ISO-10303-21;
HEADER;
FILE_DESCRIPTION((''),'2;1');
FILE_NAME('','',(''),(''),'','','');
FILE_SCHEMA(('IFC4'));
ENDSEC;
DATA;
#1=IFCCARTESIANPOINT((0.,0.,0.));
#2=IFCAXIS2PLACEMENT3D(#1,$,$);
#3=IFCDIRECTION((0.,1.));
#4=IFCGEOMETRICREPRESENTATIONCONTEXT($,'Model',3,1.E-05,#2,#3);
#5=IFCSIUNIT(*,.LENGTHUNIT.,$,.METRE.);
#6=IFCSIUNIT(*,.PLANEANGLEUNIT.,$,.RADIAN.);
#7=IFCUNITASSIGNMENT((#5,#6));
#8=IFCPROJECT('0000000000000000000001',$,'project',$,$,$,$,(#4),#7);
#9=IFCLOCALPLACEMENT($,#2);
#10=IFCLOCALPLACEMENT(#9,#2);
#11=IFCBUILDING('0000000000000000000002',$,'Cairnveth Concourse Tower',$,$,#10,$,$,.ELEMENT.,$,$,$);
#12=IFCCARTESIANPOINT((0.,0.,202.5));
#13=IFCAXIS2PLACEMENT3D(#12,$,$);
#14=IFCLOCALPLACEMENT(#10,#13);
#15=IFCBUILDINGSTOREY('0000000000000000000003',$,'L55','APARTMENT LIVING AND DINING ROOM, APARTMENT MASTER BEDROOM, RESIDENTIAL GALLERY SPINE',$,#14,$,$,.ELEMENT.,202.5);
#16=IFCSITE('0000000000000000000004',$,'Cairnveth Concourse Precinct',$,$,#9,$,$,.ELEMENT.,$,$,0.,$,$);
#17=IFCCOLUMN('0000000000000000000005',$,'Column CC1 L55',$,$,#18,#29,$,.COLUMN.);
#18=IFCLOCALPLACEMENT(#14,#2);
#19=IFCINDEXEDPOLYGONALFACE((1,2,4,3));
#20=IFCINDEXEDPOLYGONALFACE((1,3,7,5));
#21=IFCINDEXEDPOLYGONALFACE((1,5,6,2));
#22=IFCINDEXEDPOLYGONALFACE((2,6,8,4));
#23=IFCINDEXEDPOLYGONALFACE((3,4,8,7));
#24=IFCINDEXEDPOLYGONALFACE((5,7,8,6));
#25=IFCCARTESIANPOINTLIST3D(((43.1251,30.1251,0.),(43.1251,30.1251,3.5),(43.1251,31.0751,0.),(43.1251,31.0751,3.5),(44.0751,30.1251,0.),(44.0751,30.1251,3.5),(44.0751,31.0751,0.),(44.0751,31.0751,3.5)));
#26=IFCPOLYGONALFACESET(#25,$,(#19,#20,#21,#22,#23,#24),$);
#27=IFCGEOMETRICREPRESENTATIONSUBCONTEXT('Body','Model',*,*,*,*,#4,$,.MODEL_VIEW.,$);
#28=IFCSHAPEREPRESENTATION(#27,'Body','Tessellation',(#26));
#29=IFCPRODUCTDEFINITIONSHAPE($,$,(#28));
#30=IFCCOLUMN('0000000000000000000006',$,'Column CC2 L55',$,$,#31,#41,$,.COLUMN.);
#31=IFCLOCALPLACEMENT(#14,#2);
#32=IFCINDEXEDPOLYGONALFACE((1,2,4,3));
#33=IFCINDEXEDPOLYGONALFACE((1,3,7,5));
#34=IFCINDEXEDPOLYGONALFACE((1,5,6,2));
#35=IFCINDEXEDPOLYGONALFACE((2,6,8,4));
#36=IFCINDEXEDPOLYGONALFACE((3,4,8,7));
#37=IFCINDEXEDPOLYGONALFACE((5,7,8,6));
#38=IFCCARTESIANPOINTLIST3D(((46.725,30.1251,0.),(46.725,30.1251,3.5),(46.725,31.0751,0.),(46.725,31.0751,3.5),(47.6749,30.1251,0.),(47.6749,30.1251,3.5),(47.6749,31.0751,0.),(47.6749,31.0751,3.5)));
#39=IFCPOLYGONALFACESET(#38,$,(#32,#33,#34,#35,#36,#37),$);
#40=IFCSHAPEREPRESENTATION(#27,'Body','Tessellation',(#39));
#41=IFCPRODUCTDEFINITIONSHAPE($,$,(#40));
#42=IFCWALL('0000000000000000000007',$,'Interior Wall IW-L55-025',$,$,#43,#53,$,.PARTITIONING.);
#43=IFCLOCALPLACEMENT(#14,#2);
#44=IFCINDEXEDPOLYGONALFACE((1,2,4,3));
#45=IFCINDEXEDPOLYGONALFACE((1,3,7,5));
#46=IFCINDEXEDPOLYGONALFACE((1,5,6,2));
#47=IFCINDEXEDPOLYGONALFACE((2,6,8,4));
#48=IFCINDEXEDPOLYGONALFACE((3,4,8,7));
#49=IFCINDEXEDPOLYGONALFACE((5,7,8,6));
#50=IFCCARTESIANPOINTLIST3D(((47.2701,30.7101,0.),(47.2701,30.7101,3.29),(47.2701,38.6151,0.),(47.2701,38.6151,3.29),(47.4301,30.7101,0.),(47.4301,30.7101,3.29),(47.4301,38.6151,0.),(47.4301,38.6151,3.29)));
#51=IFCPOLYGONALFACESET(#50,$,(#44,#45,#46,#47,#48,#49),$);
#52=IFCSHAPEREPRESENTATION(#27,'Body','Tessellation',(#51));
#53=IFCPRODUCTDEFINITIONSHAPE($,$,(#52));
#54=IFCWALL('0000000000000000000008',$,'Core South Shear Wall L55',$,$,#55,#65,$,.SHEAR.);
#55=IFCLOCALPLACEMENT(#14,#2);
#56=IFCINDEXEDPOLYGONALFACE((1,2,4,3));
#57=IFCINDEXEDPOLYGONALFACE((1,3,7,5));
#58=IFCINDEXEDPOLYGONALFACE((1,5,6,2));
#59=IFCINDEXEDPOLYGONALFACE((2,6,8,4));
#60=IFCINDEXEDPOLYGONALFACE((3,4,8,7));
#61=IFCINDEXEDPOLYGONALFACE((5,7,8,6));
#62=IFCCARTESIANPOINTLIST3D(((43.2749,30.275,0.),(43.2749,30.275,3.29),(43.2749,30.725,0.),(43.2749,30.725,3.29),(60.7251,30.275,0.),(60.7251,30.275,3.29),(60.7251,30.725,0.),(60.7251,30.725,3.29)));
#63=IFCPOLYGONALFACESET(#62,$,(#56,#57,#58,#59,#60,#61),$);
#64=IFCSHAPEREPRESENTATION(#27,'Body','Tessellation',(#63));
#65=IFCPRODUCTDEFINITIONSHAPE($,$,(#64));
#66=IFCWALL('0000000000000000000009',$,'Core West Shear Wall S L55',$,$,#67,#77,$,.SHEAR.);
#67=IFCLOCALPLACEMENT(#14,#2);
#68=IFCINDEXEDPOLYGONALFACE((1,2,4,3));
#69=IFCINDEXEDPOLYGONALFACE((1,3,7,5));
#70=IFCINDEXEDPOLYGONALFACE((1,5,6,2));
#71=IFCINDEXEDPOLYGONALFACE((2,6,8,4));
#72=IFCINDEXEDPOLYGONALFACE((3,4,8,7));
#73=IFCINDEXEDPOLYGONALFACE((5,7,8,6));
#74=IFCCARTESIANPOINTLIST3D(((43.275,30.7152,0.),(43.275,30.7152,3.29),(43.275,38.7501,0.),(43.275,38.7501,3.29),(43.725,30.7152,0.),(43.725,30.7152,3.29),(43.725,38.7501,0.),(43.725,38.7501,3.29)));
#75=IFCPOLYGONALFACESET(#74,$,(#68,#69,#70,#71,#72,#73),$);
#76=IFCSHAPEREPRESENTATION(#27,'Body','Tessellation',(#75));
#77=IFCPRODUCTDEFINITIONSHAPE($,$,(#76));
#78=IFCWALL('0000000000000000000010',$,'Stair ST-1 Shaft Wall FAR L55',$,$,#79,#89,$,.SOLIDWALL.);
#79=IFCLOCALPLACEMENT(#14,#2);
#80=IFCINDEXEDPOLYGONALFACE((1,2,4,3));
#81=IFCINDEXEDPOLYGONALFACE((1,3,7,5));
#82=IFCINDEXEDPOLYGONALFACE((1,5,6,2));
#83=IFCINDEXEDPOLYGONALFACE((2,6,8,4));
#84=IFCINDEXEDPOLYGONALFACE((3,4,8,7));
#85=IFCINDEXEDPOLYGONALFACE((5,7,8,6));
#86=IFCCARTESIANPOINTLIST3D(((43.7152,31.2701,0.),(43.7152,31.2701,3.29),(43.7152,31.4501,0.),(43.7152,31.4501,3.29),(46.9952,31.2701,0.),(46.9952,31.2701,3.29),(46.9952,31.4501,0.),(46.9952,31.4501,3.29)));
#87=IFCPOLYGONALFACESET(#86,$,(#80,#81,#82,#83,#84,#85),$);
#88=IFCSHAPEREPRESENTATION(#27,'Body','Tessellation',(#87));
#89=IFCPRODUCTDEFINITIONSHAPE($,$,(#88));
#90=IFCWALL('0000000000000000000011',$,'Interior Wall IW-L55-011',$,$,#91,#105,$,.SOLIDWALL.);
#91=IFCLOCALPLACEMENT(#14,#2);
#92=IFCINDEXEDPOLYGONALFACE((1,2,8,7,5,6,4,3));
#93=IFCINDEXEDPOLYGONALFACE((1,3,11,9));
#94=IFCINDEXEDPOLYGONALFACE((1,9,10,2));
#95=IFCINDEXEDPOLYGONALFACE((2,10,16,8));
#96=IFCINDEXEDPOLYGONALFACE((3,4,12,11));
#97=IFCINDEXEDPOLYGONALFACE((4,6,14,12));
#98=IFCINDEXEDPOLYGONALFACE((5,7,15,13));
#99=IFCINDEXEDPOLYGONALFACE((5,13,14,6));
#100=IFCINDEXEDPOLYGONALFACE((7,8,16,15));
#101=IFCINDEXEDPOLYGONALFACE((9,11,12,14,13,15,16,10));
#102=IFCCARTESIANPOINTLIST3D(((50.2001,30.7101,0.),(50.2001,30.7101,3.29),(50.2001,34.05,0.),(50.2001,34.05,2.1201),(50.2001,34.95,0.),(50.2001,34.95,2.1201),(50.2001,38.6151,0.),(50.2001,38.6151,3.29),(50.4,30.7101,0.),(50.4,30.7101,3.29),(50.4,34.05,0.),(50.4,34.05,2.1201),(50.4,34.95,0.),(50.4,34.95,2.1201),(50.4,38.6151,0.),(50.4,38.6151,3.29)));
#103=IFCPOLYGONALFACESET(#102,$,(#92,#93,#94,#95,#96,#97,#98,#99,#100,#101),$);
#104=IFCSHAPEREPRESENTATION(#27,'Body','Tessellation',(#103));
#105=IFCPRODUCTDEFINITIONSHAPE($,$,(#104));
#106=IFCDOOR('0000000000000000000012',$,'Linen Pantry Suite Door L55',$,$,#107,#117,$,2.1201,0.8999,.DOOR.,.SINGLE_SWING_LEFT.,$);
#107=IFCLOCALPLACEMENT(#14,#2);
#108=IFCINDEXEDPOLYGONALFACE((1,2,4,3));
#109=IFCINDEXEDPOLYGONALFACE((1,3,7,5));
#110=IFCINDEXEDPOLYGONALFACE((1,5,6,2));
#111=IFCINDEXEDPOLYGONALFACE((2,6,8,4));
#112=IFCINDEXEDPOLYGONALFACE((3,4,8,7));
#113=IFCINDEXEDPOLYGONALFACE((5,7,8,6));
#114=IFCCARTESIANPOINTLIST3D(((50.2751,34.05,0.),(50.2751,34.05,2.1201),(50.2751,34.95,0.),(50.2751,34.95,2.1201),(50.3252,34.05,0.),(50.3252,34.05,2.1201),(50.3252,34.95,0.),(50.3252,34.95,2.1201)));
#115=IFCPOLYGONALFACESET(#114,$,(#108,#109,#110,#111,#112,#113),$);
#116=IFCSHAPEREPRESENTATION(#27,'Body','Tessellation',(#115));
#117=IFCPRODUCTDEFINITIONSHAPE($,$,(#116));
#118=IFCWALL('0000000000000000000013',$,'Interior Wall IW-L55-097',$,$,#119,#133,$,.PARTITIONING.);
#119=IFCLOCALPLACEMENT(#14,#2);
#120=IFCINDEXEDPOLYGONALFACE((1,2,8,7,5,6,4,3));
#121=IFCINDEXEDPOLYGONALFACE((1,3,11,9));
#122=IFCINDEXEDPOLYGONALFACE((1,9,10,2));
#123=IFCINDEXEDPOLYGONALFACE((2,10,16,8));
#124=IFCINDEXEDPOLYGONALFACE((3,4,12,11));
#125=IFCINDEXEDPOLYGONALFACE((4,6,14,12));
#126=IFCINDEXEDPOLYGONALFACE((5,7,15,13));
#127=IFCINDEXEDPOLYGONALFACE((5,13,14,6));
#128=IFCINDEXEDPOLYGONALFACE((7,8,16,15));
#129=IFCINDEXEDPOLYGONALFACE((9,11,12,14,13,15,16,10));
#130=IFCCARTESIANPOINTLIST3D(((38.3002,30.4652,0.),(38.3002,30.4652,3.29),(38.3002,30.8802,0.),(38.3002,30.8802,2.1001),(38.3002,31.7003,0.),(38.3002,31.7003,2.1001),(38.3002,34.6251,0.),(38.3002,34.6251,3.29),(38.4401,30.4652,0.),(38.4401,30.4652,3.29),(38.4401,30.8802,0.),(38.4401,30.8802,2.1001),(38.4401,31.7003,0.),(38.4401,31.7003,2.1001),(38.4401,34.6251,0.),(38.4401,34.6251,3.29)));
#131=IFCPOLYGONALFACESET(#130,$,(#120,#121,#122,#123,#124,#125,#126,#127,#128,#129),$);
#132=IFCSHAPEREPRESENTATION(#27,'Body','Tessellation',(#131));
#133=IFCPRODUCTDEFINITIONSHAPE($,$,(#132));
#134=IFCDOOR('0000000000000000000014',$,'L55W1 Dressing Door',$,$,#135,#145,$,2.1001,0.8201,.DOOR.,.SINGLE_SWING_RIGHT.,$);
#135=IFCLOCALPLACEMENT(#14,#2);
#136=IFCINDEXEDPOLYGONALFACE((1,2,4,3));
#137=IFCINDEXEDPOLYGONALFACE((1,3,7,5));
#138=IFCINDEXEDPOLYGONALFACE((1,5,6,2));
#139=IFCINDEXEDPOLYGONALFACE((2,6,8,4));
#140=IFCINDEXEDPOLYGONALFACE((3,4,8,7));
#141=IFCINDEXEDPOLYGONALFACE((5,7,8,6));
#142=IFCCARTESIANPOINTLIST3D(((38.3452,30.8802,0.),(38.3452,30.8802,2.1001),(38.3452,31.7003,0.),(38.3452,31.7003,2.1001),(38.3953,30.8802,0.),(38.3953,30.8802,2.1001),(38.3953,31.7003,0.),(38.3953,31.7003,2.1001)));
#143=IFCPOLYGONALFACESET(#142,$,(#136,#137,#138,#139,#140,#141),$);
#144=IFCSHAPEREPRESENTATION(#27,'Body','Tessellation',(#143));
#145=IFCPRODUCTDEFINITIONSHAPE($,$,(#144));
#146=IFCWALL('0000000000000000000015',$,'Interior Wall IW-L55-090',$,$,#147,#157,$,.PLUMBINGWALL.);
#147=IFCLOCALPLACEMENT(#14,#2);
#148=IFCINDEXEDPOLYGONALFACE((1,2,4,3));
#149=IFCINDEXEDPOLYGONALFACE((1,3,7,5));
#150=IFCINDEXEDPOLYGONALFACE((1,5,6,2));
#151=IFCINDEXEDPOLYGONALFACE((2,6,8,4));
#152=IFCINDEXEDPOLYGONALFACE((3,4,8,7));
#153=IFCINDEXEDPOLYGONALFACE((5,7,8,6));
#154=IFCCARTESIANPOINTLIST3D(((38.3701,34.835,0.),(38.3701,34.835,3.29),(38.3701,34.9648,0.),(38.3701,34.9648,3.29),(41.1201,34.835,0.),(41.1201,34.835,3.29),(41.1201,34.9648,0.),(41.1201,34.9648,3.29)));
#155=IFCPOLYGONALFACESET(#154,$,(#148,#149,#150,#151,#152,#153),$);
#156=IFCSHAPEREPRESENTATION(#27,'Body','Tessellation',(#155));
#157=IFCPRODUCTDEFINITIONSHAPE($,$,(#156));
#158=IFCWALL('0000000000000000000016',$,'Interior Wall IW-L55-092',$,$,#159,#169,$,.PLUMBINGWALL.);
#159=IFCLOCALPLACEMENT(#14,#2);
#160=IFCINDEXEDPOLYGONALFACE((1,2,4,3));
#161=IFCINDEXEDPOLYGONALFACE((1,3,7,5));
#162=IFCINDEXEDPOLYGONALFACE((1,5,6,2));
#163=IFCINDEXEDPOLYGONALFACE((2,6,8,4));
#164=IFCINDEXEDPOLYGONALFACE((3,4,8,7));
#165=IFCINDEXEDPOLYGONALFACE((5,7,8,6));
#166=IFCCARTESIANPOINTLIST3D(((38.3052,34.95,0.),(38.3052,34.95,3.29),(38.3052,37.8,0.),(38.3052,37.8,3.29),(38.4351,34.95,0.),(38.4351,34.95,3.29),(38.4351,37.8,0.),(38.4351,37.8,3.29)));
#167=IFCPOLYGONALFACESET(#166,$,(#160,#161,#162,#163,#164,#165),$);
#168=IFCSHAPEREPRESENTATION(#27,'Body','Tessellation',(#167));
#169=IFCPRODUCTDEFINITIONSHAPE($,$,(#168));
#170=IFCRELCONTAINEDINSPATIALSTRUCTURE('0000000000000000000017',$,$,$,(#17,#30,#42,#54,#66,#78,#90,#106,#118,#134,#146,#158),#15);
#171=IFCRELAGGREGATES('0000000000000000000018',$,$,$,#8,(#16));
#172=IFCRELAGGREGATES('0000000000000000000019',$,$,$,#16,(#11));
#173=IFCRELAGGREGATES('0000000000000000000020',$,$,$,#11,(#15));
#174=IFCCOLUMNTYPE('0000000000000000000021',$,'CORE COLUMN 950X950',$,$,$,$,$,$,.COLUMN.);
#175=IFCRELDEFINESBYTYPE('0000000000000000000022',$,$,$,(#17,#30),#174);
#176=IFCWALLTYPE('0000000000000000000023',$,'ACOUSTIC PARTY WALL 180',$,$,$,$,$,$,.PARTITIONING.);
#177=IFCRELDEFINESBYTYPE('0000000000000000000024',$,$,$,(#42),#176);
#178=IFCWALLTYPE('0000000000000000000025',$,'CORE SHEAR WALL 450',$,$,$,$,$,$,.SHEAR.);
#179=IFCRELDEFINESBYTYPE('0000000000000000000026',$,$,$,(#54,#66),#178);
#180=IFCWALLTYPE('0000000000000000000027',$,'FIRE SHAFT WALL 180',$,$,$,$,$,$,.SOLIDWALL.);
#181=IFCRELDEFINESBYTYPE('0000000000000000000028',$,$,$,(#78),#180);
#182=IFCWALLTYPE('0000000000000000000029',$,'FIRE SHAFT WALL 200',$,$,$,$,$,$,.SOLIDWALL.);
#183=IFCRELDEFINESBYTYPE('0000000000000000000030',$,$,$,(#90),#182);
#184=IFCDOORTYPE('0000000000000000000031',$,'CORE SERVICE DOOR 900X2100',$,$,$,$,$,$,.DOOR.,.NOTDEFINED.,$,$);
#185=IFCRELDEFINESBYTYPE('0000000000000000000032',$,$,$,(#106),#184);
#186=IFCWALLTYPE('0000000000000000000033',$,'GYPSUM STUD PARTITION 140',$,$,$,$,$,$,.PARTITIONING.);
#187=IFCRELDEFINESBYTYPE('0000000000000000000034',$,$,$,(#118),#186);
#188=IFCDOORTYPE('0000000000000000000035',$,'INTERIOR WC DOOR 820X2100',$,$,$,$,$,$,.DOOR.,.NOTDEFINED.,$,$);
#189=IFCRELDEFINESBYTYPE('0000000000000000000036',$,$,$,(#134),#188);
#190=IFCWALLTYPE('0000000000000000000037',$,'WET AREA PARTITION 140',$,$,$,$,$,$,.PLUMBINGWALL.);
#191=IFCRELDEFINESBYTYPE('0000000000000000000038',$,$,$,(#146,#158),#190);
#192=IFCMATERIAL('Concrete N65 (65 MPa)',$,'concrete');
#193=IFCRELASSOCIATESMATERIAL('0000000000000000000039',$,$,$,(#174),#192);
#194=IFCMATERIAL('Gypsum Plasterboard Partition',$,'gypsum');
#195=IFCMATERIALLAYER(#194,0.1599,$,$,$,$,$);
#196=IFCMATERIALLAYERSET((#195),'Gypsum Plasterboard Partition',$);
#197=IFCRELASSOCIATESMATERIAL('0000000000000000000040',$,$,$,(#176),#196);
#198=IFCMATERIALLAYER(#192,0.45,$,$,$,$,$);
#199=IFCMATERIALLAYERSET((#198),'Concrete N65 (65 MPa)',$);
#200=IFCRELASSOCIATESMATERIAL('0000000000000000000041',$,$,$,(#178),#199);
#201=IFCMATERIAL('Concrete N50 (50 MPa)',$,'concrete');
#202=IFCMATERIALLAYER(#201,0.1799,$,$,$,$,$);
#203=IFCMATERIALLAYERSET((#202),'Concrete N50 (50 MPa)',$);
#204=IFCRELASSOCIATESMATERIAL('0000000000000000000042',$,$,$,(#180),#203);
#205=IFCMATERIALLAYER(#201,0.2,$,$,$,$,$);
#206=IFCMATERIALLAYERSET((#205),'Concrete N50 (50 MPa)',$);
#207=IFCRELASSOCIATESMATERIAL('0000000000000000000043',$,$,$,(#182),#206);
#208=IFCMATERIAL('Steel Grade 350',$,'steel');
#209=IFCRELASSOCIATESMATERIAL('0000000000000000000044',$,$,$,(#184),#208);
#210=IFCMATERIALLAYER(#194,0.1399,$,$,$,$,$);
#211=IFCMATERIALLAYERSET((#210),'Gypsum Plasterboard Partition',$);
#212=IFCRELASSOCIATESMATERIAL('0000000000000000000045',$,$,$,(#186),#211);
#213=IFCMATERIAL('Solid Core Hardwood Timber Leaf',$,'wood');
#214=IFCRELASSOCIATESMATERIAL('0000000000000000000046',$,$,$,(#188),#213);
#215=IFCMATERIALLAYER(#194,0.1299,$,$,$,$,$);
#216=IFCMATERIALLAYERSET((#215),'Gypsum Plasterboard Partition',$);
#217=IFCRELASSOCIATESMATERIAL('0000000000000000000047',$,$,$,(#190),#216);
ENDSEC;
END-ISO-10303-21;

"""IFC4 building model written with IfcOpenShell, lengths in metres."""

from ifc_helpers import new_model, si_unit, direction, frame, frame_2d, origin, origin_2d, place, context, subcontext, project, spatial, rectangle, extrude, material, layer, layer_set, material_profile, profile_set, type_object, element, fill, save


model = new_model("IFC4")

# Units and contexts
model_context = context("Model", 3, precision=1e-05, world=origin(), true_north=direction((0.0, 1.0)))
body_context = subcontext(model_context, "Body", "Model", "MODEL_VIEW")
ifc_project = project(units=[si_unit("LENGTHUNIT", "METRE"), si_unit("PLANEANGLEUNIT", "RADIAN")], contexts=[model_context])

# Site, building, storey
site_placement = place(None, origin())
site = spatial("IfcSite", under=ifc_project, at=site_placement, Name="Cairnveth Concourse Precinct", CompositionType="ELEMENT", RefElevation=0.0)
building_placement = place(site_placement, origin())
building = spatial("IfcBuilding", under=site, at=building_placement, Name="Cairnveth Concourse Tower", CompositionType="ELEMENT")
storey_placement = place(building_placement, frame((0.0, 0.0, 202.5)))
storey = spatial("IfcBuildingStorey", under=building, at=storey_placement, Name="L55", Description="APARTMENT LIVING AND DINING ROOM, APARTMENT MASTER BEDROOM, RESIDENTIAL GALLERY SPINE", CompositionType="ELEMENT", Elevation=202.5)

# Columns
ifc_material_1 = material(Name="Concrete N65 (65 MPa)", Category="concrete")
ifc_material_profile = material_profile(ifc_material_1, rectangle(XDim=0.95, YDim=0.95, at=origin_2d()), Name="RC-COL-950x950")
ifc_profile_set = profile_set([ifc_material_profile], Name="Concrete N65 (65 MPa)")
column_type = type_object("IfcColumnType", Name="CORE COLUMN 950X950", PredefinedType="COLUMN", material=ifc_profile_set)
for number, where, z_axis, x_axis, name in (
    (1, (43.6001, 30.6001, 0.0), (0.0, 0.0, 1.0), (1.0, 0.0, 0.0), "Column CC1 L55"),
    (2, (47.2, 30.6001, 0.0), (0.0, 0.0, 1.0), (1.0, 0.0, 0.0), "Column CC2 L55"),
):
    element("IfcColumn", number, at=place(storey_placement, frame(where, z_axis=z_axis, x_axis=x_axis)), inside=storey, type_object=column_type, Name=name, PredefinedType="COLUMN", context=body_context, shape_type="SweptSolid", body=[
        extrude(rectangle(XDim=0.95, YDim=0.95, at=origin_2d()), origin(), (0.0, 0.0, 1.0), 3.5),
    ])

# Walls
ifc_material_2 = material(Name="Gypsum Plasterboard Partition", Category="gypsum")
ifc_layer_1 = layer(ifc_material_2, 0.1599)
ifc_layer_set_1 = layer_set([ifc_layer_1], Name="Gypsum Plasterboard Partition")
wall_type_1 = type_object("IfcWallType", Name="ACOUSTIC PARTY WALL 180", PredefinedType="PARTITIONING", material=ifc_layer_set_1)
wall_1_placement = place(storey_placement, frame((47.3501, 30.71, 0.0), z_axis=(0.0, 0.0, 1.0), x_axis=(0.0, 1.0, 0.0)))
element("IfcWall", 3, at=wall_1_placement, inside=storey, type_object=wall_type_1, Name="Interior Wall IW-L55-025", PredefinedType="PARTITIONING", context=body_context, shape_type="SweptSolid", body=[
    extrude(rectangle(XDim=7.905, YDim=0.1599, at=frame_2d((3.9526, 0.0))), origin(), (0.0, 0.0, 1.0), 3.29),
])
ifc_layer_2 = layer(ifc_material_1, 0.45)
ifc_layer_set_2 = layer_set([ifc_layer_2], Name="Concrete N65 (65 MPa)")
wall_type_2 = type_object("IfcWallType", Name="CORE SHEAR WALL 450", PredefinedType="SHEAR", material=ifc_layer_set_2)
wall_2_placement = place(storey_placement, frame((43.2749, 30.5, 0.0), z_axis=(0.0, 0.0, 1.0), x_axis=(1.0, 0.0, 0.0)))
element("IfcWall", 4, at=wall_2_placement, inside=storey, type_object=wall_type_2, Name="Core South Shear Wall L55", PredefinedType="SHEAR", context=body_context, shape_type="SweptSolid", body=[
    extrude(rectangle(XDim=17.4502, YDim=0.45, at=frame_2d((8.7251, 0.0))), origin(), (0.0, 0.0, 1.0), 3.29),
])
wall_3_placement = place(storey_placement, frame((43.5, 30.7151, 0.0), z_axis=(0.0, 0.0, 1.0), x_axis=(0.0, 1.0, 0.0)))
element("IfcWall", 5, at=wall_3_placement, inside=storey, type_object=wall_type_2, Name="Core West Shear Wall S L55", PredefinedType="SHEAR", context=body_context, shape_type="SweptSolid", body=[
    extrude(rectangle(XDim=8.0349, YDim=0.45, at=frame_2d((4.0176, 0.0))), origin(), (0.0, 0.0, 1.0), 3.29),
])
ifc_material_3 = material(Name="Concrete N50 (50 MPa)", Category="concrete")
ifc_layer_3 = layer(ifc_material_3, 0.1799)
ifc_layer_set_3 = layer_set([ifc_layer_3], Name="Concrete N50 (50 MPa)")
wall_type_3 = type_object("IfcWallType", Name="FIRE SHAFT WALL 180", PredefinedType="SOLIDWALL", material=ifc_layer_set_3)
wall_4_placement = place(storey_placement, frame((43.7151, 31.3601, 0.0), z_axis=(0.0, 0.0, 1.0), x_axis=(1.0, 0.0, 0.0)))
element("IfcWall", 6, at=wall_4_placement, inside=storey, type_object=wall_type_3, Name="Stair ST-1 Shaft Wall FAR L55", PredefinedType="SOLIDWALL", context=body_context, shape_type="SweptSolid", body=[
    extrude(rectangle(XDim=3.28, YDim=0.1799, at=frame_2d((1.6401, 0.0))), origin(), (0.0, 0.0, 1.0), 3.29),
])

# Walls, openings, doors
ifc_layer_4 = layer(ifc_material_3, 0.2)
ifc_layer_set_4 = layer_set([ifc_layer_4], Name="Concrete N50 (50 MPa)")
wall_type_4 = type_object("IfcWallType", Name="FIRE SHAFT WALL 200", PredefinedType="SOLIDWALL", material=ifc_layer_set_4)
wall_5_placement = place(storey_placement, frame((50.3, 30.71, 0.0), z_axis=(0.0, 0.0, 1.0), x_axis=(0.0, 1.0, 0.0)))
wall_5 = element("IfcWall", 7, at=wall_5_placement, inside=storey, type_object=wall_type_4, Name="Interior Wall IW-L55-011", PredefinedType="SOLIDWALL", context=body_context, shape_type="SweptSolid", body=[
    extrude(rectangle(XDim=7.905, YDim=0.2, at=frame_2d((3.9526, 0.0))), origin(), (0.0, 0.0, 1.0), 3.29),
])
opening_1_placement = place(wall_5_placement, frame((3.3401, 0.0, 0.0)))
opening_1 = element("IfcOpeningElement", 8, at=opening_1_placement, cuts=wall_5, PredefinedType="OPENING", context=body_context, shape_type="SweptSolid", body=[
    extrude(rectangle(XDim=0.8999, YDim=2.1201, at=frame_2d((0.45, 1.0601))), frame((0.0, 0.1099, 0.0), z_axis=(0.0, -1.0, 0.0), x_axis=(1.0, 0.0, 0.0)), (0.0, 0.0, 1.0), 0.22),
])
ifc_material_4 = material(Name="Steel Grade 350", Category="steel")
door_type_1 = type_object("IfcDoorType", Name="CORE SERVICE DOOR 900X2100", OperationType="NOTDEFINED", PredefinedType="DOOR", material=ifc_material_4)
door_1_placement = place(opening_1_placement, origin())
door_1 = element("IfcDoor", 9, at=door_1_placement, inside=storey, type_object=door_type_1, Name="Linen Pantry Suite Door L55", OperationType="SINGLE_SWING_LEFT", OverallHeight=2.1201, OverallWidth=0.8999, PredefinedType="DOOR", context=body_context, shape_type="SweptSolid", body=[
    extrude(rectangle(XDim=0.8999, YDim=2.1201, at=frame_2d((0.45, 1.0601))), frame((0.0, 0.0249, 0.0), z_axis=(0.0, -1.0, 0.0), x_axis=(1.0, 0.0, 0.0)), (0.0, 0.0, 1.0), 0.05),
])
fill(opening_1, door_1)
ifc_layer_5 = layer(ifc_material_2, 0.1399)
ifc_layer_set_5 = layer_set([ifc_layer_5], Name="Gypsum Plasterboard Partition")
wall_type_5 = type_object("IfcWallType", Name="GYPSUM STUD PARTITION 140", PredefinedType="PARTITIONING", material=ifc_layer_set_5)
wall_6_placement = place(storey_placement, frame((38.3701, 30.4651, 0.0), z_axis=(0.0, 0.0, 1.0), x_axis=(0.0, 1.0, 0.0)))
wall_6 = element("IfcWall", 10, at=wall_6_placement, inside=storey, type_object=wall_type_5, Name="Interior Wall IW-L55-097", PredefinedType="PARTITIONING", context=body_context, shape_type="SweptSolid", body=[
    extrude(rectangle(XDim=4.1599, YDim=0.1399, at=frame_2d((2.0801, 0.0))), origin(), (0.0, 0.0, 1.0), 3.29),
])
opening_2_placement = place(wall_6_placement, frame((0.415, 0.0, 0.0)))
opening_2 = element("IfcOpeningElement", 11, at=opening_2_placement, cuts=wall_6, PredefinedType="OPENING", context=body_context, shape_type="SweptSolid", body=[
    extrude(rectangle(XDim=0.8201, YDim=2.1001, at=frame_2d((0.4102, 1.05))), frame((0.0, 0.0798, 0.0), z_axis=(0.0, -1.0, 0.0), x_axis=(1.0, 0.0, 0.0)), (0.0, 0.0, 1.0), 0.1599),
])
ifc_material_5 = material(Name="Solid Core Hardwood Timber Leaf", Category="wood")
door_type_2 = type_object("IfcDoorType", Name="INTERIOR WC DOOR 820X2100", OperationType="NOTDEFINED", PredefinedType="DOOR", material=ifc_material_5)
door_2_placement = place(opening_2_placement, origin())
door_2 = element("IfcDoor", 12, at=door_2_placement, inside=storey, type_object=door_type_2, Name="L55W1 Dressing Door", OperationType="SINGLE_SWING_RIGHT", OverallHeight=2.1001, OverallWidth=0.8201, PredefinedType="DOOR", context=body_context, shape_type="SweptSolid", body=[
    extrude(rectangle(XDim=0.8201, YDim=2.1001, at=frame_2d((0.4102, 1.05))), frame((0.0, 0.0249, 0.0), z_axis=(0.0, -1.0, 0.0), x_axis=(1.0, 0.0, 0.0)), (0.0, 0.0, 1.0), 0.05),
])
fill(opening_2, door_2)

# Walls
ifc_layer_6 = layer(ifc_material_2, 0.1299)
ifc_layer_set_6 = layer_set([ifc_layer_6], Name="Gypsum Plasterboard Partition")
wall_type_6 = type_object("IfcWallType", Name="WET AREA PARTITION 140", PredefinedType="PLUMBINGWALL", material=ifc_layer_set_6)
wall_7_placement = place(storey_placement, frame((38.3701, 34.8999, 0.0), z_axis=(0.0, 0.0, 1.0), x_axis=(1.0, 0.0, 0.0)))
element("IfcWall", 13, at=wall_7_placement, inside=storey, type_object=wall_type_6, Name="Interior Wall IW-L55-090", PredefinedType="PLUMBINGWALL", context=body_context, shape_type="SweptSolid", body=[
    extrude(rectangle(XDim=2.75, YDim=0.1299, at=frame_2d((1.375, 0.0))), origin(), (0.0, 0.0, 1.0), 3.29),
])
wall_8_placement = place(storey_placement, frame((38.3701, 34.95, 0.0), z_axis=(0.0, 0.0, 1.0), x_axis=(0.0, 1.0, 0.0)))
element("IfcWall", 14, at=wall_8_placement, inside=storey, type_object=wall_type_6, Name="Interior Wall IW-L55-092", PredefinedType="PLUMBINGWALL", context=body_context, shape_type="SweptSolid", body=[
    extrude(rectangle(XDim=2.8501, YDim=0.1299, at=frame_2d((1.425, 0.0))), origin(), (0.0, 0.0, 1.0), 3.29),
])

save(model, "model.ifc")
